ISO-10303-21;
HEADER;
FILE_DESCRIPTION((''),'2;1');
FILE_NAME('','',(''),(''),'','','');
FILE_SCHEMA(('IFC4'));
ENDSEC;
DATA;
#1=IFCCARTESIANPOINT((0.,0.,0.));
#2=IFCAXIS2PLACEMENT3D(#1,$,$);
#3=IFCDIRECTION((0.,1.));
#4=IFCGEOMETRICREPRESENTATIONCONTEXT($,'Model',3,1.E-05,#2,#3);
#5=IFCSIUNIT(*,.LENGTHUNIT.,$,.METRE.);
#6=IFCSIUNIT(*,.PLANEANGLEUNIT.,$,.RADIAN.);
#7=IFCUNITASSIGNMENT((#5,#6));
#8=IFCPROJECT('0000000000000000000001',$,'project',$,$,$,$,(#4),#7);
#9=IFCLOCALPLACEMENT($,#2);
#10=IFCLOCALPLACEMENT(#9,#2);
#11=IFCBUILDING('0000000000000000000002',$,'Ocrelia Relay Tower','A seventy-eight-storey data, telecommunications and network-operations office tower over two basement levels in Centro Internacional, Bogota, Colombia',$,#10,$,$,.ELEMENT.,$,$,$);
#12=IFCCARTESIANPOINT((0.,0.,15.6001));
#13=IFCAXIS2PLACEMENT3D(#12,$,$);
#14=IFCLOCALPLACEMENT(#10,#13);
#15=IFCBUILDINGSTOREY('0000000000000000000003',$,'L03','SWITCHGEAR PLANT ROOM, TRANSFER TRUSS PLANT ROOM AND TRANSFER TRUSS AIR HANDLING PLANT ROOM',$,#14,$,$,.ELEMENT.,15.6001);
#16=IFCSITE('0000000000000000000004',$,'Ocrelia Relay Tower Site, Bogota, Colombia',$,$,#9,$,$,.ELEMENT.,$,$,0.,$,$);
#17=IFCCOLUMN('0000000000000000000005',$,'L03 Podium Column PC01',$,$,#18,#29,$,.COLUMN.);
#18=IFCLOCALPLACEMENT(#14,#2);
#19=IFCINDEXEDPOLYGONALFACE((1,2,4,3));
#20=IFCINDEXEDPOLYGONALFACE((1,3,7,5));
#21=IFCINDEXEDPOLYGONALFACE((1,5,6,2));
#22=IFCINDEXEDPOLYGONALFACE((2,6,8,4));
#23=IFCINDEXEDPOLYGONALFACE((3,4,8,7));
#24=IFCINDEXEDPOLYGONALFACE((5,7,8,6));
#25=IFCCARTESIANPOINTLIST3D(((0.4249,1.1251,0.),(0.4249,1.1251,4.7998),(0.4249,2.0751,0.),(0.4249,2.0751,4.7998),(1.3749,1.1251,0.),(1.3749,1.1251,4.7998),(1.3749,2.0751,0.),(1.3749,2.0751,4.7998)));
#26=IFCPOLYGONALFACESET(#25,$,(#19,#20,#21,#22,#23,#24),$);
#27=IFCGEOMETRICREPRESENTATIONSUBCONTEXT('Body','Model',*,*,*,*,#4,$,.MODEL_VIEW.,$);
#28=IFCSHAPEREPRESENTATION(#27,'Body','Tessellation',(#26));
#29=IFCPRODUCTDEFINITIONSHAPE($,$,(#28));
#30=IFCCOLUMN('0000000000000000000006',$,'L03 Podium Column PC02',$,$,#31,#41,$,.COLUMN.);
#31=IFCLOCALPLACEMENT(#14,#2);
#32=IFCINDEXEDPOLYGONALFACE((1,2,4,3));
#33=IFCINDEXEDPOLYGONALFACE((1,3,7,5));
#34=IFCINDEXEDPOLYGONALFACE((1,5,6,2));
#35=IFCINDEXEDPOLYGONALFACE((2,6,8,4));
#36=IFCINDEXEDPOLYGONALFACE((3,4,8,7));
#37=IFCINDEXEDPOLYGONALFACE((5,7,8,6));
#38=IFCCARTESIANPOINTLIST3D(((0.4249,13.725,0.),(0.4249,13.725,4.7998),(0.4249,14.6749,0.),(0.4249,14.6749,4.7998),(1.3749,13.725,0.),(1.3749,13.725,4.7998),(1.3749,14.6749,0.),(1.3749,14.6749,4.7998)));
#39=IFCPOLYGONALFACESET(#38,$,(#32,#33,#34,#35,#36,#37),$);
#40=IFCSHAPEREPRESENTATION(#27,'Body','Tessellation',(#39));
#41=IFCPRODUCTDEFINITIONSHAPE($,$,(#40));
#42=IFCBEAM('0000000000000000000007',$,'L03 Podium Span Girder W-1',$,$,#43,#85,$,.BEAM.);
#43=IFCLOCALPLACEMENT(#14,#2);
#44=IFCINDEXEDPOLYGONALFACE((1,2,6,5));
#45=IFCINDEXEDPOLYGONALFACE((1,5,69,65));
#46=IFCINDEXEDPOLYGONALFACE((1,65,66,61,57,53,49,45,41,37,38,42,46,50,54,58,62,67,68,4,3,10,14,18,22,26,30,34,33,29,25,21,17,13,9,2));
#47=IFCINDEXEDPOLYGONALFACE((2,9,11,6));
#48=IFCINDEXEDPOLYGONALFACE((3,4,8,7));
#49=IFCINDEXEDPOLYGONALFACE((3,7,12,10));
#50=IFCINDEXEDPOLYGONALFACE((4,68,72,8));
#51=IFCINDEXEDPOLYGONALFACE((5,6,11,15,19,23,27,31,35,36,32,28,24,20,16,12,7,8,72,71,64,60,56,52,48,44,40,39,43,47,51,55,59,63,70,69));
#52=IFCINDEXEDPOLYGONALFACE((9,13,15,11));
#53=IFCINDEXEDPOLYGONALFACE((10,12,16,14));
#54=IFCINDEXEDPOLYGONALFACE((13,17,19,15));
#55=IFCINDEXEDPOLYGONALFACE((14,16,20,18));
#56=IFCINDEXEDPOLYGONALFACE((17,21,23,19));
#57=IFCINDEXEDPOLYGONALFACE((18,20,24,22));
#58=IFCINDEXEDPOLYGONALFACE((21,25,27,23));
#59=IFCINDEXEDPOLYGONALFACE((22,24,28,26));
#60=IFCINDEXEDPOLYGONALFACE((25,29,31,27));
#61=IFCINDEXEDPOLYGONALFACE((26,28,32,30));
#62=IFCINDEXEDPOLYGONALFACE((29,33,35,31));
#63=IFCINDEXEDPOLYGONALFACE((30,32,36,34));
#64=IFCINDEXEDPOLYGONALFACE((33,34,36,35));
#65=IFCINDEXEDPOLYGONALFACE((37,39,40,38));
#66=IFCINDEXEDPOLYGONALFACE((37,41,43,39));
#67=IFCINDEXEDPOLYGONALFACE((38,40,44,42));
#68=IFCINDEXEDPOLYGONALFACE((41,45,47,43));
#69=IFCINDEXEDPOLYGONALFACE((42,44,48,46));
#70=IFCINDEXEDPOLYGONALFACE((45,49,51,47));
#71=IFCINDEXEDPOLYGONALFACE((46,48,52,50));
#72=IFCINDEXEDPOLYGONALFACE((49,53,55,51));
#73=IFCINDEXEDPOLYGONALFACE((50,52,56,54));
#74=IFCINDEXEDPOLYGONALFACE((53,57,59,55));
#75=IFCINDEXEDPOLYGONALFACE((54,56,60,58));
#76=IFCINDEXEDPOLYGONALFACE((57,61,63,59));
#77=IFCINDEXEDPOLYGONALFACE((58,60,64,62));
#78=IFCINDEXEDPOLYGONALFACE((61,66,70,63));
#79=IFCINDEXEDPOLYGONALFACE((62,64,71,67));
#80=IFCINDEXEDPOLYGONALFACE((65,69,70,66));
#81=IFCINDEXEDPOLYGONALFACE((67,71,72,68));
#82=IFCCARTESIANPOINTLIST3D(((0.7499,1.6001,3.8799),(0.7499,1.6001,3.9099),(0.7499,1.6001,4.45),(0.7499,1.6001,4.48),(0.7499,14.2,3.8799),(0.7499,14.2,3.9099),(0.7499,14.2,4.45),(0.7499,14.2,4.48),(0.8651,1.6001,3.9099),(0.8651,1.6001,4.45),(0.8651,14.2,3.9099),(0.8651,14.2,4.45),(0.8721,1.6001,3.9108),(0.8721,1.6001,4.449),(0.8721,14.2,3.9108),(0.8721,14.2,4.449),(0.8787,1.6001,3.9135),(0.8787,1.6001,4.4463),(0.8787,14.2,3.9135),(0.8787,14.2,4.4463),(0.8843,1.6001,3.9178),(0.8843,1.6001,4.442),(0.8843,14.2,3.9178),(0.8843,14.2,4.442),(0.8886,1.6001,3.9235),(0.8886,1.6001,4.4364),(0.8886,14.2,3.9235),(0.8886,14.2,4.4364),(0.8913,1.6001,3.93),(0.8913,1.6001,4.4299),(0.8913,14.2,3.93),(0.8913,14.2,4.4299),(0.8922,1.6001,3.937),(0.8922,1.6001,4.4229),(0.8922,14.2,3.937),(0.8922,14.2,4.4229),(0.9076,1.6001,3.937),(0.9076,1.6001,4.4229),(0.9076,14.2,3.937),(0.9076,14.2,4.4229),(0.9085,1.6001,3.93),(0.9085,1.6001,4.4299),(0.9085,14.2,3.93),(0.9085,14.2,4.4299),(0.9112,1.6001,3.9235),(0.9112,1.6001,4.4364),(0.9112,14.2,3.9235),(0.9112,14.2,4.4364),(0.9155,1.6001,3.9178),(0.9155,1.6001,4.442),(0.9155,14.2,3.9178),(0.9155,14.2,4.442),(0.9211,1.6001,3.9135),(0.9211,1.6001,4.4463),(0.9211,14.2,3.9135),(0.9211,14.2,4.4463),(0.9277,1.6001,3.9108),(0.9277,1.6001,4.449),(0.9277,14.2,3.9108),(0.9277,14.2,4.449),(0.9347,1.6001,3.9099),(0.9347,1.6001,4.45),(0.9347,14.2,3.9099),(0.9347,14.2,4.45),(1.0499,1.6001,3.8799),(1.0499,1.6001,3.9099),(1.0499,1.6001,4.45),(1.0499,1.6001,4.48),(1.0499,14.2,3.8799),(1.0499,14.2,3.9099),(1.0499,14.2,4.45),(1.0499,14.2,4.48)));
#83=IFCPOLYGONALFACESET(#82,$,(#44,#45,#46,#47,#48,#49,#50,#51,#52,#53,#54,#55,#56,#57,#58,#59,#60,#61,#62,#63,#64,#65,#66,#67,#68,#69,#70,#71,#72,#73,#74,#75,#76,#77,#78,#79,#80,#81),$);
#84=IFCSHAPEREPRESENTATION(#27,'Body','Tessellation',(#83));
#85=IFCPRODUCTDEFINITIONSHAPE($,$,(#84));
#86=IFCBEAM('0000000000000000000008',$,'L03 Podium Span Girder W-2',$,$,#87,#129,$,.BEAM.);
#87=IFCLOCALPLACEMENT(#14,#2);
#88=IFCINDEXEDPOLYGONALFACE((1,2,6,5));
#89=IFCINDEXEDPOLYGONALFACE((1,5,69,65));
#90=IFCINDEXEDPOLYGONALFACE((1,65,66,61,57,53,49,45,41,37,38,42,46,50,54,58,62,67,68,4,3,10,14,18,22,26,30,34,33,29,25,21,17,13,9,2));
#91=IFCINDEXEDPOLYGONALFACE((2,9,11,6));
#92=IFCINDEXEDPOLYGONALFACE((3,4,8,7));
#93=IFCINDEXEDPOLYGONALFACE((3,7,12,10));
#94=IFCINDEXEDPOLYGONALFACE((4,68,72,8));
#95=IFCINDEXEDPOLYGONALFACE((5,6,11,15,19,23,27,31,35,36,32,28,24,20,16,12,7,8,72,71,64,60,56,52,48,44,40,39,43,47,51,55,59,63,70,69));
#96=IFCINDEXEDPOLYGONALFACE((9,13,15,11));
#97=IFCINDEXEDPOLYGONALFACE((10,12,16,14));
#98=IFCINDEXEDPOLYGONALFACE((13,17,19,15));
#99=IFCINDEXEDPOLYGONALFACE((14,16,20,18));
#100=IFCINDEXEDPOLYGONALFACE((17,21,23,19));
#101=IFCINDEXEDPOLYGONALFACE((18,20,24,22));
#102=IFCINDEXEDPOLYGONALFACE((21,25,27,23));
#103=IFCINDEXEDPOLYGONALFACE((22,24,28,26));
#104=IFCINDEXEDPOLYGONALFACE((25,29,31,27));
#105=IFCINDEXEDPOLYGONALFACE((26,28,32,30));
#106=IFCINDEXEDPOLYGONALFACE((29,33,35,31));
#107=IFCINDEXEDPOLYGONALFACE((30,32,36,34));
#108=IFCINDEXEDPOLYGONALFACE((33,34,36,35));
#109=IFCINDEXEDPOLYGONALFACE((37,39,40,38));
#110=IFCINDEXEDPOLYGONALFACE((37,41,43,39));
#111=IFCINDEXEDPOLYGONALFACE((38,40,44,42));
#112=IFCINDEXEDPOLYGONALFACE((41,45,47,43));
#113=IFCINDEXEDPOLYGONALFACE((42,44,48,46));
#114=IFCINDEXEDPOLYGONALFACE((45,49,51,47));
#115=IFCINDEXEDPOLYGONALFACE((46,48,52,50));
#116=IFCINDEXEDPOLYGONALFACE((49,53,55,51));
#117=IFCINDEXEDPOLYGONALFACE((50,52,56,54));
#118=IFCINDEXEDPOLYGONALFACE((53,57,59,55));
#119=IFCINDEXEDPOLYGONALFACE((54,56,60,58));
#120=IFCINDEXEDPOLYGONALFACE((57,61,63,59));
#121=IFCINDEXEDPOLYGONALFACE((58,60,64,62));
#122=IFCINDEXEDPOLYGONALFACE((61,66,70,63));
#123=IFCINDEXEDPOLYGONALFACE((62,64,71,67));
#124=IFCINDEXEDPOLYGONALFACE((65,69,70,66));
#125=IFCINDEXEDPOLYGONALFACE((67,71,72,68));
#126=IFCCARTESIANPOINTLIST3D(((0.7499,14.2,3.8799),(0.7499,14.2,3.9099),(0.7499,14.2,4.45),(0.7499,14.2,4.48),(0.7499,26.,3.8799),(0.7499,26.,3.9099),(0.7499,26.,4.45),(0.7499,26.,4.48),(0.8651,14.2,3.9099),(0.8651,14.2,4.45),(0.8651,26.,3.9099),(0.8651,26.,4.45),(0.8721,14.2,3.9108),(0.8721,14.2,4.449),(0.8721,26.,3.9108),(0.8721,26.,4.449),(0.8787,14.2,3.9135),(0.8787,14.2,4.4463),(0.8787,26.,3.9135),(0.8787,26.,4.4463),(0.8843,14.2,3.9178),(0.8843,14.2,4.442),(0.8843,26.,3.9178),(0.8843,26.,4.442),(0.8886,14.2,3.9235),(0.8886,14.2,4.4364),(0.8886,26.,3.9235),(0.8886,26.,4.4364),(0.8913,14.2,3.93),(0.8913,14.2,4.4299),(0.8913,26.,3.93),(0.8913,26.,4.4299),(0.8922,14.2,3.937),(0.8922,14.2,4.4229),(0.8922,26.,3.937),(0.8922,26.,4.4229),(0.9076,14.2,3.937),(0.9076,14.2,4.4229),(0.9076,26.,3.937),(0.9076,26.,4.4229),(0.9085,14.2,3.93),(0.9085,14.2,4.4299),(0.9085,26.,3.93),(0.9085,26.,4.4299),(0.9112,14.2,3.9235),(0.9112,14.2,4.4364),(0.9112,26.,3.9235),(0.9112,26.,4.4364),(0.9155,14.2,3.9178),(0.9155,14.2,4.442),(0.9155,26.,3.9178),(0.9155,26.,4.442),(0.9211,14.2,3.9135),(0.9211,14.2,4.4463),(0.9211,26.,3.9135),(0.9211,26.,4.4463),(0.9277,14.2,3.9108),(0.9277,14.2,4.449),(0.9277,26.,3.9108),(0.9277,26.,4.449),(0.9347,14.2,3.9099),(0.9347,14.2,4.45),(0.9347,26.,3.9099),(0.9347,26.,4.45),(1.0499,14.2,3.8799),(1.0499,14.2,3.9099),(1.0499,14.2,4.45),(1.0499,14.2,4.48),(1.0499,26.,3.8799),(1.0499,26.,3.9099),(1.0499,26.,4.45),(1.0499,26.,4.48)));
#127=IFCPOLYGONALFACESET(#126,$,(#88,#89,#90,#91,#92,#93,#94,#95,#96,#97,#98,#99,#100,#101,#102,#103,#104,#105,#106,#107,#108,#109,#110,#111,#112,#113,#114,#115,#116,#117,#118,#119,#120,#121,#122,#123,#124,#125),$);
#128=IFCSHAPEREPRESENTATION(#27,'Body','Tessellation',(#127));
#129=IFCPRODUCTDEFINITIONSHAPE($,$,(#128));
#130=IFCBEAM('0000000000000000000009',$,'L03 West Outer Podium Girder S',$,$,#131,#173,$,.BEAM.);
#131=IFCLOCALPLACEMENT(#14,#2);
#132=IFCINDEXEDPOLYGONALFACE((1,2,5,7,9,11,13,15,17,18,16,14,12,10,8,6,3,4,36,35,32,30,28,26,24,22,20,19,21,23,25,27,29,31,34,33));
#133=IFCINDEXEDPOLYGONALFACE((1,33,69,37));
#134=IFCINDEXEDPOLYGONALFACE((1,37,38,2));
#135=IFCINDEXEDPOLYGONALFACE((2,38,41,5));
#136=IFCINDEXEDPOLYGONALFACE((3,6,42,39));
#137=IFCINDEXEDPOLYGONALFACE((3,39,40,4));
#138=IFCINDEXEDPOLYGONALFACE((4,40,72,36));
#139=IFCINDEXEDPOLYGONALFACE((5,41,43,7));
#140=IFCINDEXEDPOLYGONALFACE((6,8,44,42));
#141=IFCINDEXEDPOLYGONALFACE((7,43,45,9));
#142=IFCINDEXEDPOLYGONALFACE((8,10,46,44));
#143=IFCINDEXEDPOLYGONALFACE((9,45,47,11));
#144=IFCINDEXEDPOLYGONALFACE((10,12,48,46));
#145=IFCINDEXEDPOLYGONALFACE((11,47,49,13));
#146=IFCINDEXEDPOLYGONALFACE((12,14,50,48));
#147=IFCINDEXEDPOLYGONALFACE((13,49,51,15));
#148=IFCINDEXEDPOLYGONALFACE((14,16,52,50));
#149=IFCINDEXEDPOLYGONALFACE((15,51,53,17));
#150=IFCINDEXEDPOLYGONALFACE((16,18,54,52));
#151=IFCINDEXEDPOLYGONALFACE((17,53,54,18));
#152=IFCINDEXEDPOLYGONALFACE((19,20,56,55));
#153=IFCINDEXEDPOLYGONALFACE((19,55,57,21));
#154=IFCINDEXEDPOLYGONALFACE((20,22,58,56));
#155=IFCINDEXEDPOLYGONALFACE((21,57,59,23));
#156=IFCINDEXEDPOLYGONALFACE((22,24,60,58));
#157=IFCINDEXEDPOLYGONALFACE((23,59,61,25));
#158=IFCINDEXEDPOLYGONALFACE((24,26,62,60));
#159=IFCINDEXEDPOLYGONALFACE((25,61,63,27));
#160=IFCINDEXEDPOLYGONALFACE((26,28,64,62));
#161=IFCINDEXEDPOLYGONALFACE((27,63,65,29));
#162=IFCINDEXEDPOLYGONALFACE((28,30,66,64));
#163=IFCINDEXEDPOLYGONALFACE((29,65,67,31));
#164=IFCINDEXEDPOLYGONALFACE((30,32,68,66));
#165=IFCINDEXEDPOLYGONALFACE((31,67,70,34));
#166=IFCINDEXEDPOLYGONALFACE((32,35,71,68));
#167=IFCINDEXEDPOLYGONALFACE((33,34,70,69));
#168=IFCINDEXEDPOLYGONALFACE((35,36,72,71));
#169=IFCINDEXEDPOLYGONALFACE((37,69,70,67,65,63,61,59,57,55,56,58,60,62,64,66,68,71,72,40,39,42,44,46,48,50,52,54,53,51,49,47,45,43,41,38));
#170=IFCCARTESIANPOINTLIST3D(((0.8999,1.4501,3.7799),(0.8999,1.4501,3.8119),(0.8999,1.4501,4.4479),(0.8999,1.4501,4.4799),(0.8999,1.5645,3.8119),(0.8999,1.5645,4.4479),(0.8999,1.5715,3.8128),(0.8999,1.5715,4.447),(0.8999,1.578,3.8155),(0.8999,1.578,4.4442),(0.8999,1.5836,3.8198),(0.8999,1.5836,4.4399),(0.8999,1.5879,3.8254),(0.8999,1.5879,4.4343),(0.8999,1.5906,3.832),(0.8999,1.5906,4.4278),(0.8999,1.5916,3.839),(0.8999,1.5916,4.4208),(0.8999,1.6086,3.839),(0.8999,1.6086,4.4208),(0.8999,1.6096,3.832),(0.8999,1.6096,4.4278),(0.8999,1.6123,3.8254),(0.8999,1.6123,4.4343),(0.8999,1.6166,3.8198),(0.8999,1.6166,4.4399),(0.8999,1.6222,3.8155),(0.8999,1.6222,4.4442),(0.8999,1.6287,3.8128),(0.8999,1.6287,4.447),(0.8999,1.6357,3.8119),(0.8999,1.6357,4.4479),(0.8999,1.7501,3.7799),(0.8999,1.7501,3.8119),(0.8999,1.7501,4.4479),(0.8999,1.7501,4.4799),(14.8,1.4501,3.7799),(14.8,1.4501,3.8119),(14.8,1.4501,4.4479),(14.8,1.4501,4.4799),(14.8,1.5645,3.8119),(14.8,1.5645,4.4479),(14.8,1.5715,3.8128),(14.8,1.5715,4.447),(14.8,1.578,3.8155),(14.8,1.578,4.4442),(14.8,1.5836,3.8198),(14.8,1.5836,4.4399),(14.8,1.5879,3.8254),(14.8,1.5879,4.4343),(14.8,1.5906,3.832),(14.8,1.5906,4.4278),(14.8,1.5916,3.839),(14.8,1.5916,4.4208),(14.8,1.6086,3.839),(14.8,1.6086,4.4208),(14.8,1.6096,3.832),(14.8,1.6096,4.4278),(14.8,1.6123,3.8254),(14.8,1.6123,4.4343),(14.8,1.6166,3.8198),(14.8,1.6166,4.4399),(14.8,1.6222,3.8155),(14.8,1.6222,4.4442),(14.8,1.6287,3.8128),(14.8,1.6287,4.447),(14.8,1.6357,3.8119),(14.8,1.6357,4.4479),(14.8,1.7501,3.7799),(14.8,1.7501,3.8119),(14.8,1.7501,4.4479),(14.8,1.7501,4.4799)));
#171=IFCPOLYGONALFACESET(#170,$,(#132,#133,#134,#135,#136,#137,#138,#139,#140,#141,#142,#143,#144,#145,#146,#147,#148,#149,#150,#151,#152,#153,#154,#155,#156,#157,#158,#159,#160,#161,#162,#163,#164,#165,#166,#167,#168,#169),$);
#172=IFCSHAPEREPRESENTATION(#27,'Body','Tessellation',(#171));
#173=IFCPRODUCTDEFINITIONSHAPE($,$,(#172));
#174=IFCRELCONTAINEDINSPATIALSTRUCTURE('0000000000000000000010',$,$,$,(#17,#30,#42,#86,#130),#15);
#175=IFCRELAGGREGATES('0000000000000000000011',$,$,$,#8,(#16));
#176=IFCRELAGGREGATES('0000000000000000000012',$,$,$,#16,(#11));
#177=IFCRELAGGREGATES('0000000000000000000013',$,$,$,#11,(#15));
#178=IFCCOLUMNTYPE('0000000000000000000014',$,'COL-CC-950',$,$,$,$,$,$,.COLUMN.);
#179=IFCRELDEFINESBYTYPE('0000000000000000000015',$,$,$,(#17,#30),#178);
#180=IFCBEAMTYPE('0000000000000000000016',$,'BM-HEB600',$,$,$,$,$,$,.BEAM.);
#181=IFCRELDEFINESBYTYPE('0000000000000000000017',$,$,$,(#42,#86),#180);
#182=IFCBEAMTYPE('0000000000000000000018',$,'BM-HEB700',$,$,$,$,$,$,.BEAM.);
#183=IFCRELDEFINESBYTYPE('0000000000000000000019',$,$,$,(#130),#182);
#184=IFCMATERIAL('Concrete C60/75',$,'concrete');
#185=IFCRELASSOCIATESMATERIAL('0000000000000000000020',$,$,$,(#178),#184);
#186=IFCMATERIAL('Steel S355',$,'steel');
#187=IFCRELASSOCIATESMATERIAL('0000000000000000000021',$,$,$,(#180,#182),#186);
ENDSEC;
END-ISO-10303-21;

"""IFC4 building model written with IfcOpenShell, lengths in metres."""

from ifc_helpers import new_model, si_unit, direction, frame, origin, origin_2d, place, context, subcontext, project, spatial, rectangle, i_section, extrude, material, material_profile, profile_set, type_object, element, save


model = new_model("IFC4")

# Units and contexts
model_context = context("Model", 3, precision=1e-05, world=origin(), true_north=direction((0.0, 1.0)))
body_context = subcontext(model_context, "Body", "Model", "MODEL_VIEW")
ifc_project = project(units=[si_unit("LENGTHUNIT", "METRE"), si_unit("PLANEANGLEUNIT", "RADIAN")], contexts=[model_context])

# Site, building, storey
site_placement = place(None, origin())
site = spatial("IfcSite", under=ifc_project, at=site_placement, Name="Ocrelia Relay Tower Site, Bogota, Colombia", CompositionType="ELEMENT", RefElevation=0.0)
building_placement = place(site_placement, origin())
building = spatial("IfcBuilding", under=site, at=building_placement, Name="Ocrelia Relay Tower", Description="A seventy-eight-storey data, telecommunications and network-operations office tower over two basement levels in Centro Internacional, Bogota, Colombia", CompositionType="ELEMENT")
storey_placement = place(building_placement, frame((0.0, 0.0, 15.6001)))
storey = spatial("IfcBuildingStorey", under=building, at=storey_placement, Name="L03", Description="SWITCHGEAR PLANT ROOM, TRANSFER TRUSS PLANT ROOM AND TRANSFER TRUSS AIR HANDLING PLANT ROOM", CompositionType="ELEMENT", Elevation=15.6001)

# Columns
ifc_material_1 = material(Name="Concrete C60/75", Category="concrete")
ifc_material_profile_1 = material_profile(ifc_material_1, rectangle(XDim=0.95, YDim=0.95, at=origin_2d()), Name="RC-COL-950x950")
ifc_profile_set_1 = profile_set([ifc_material_profile_1], Name="Concrete C60/75")
column_type = type_object("IfcColumnType", Name="COL-CC-950", PredefinedType="COLUMN", material=ifc_profile_set_1)
for number, where, z_axis, x_axis, name in (
    (1, (0.8999, 1.6001, 0.0), (0.0, 0.0, 1.0), (1.0, 0.0, 0.0), "L03 Podium Column PC01"),
    (2, (0.8999, 14.2, 0.0), (0.0, 0.0, 1.0), (1.0, 0.0, 0.0), "L03 Podium Column PC02"),
):
    element("IfcColumn", number, at=place(storey_placement, frame(where, z_axis=z_axis, x_axis=x_axis)), inside=storey, type_object=column_type, Name=name, PredefinedType="COLUMN", context=body_context, shape_type="SweptSolid", body=[
        extrude(rectangle(XDim=0.95, YDim=0.95, at=origin_2d()), origin(), (0.0, 0.0, 1.0), 4.7998),
    ])

# Beams
ifc_material_2 = material(Name="Steel S355", Category="steel")
ifc_material_profile_2 = material_profile(ifc_material_2, i_section(OverallWidth=0.3, OverallDepth=0.6001, WebThickness=0.0154, FlangeThickness=0.03, FilletRadius=0.0271, at=origin_2d()), Name="HEB 600")
ifc_profile_set_2 = profile_set([ifc_material_profile_2], Name="Steel S355")
beam_type_1 = type_object("IfcBeamType", Name="BM-HEB600", PredefinedType="BEAM", material=ifc_profile_set_2)
beam_1_placement = place(storey_placement, frame((0.8999, 1.6001, 4.1799), z_axis=(0.0, 1.0, 0.0), x_axis=(-1.0, 0.0, 0.0)))
element("IfcBeam", 3, at=beam_1_placement, inside=storey, type_object=beam_type_1, Name="L03 Podium Span Girder W-1", PredefinedType="BEAM", context=body_context, shape_type="SweptSolid", body=[
    extrude(i_section(OverallWidth=0.3, OverallDepth=0.6001, WebThickness=0.0154, FlangeThickness=0.03, FilletRadius=0.0271, at=origin_2d()), origin(), (0.0, 0.0, 1.0), 12.5999),
])
beam_2_placement = place(storey_placement, frame((0.8999, 14.2, 4.1799), z_axis=(0.0, 1.0, 0.0), x_axis=(-1.0, 0.0, 0.0)))
element("IfcBeam", 4, at=beam_2_placement, inside=storey, type_object=beam_type_1, Name="L03 Podium Span Girder W-2", PredefinedType="BEAM", context=body_context, shape_type="SweptSolid", body=[
    extrude(i_section(OverallWidth=0.3, OverallDepth=0.6001, WebThickness=0.0154, FlangeThickness=0.03, FilletRadius=0.0271, at=origin_2d()), origin(), (0.0, 0.0, 1.0), 11.8),
])
ifc_material_profile_3 = material_profile(ifc_material_2, i_section(OverallWidth=0.3, OverallDepth=0.7, WebThickness=0.0171, FlangeThickness=0.032, FilletRadius=0.0271, at=origin_2d()), Name="HEB 700")
ifc_profile_set_3 = profile_set([ifc_material_profile_3], Name="Steel S355")
beam_type_2 = type_object("IfcBeamType", Name="BM-HEB700", PredefinedType="BEAM", material=ifc_profile_set_3)
for number, where, z_axis, x_axis, name in (
    (5, (0.8999, 1.6001, 4.1299), (1.0, 0.0, 0.0), (0.0, 1.0, 0.0), "L03 West Outer Podium Girder S"),
):
    element("IfcBeam", number, at=place(storey_placement, frame(where, z_axis=z_axis, x_axis=x_axis)), inside=storey, type_object=beam_type_2, Name=name, PredefinedType="BEAM", context=body_context, shape_type="SweptSolid", body=[
        extrude(i_section(OverallWidth=0.3, OverallDepth=0.7, WebThickness=0.0171, FlangeThickness=0.032, FilletRadius=0.0271, at=origin_2d()), origin(), (0.0, 0.0, 1.0), 13.9001),
    ])

save(model, "model.ifc")
